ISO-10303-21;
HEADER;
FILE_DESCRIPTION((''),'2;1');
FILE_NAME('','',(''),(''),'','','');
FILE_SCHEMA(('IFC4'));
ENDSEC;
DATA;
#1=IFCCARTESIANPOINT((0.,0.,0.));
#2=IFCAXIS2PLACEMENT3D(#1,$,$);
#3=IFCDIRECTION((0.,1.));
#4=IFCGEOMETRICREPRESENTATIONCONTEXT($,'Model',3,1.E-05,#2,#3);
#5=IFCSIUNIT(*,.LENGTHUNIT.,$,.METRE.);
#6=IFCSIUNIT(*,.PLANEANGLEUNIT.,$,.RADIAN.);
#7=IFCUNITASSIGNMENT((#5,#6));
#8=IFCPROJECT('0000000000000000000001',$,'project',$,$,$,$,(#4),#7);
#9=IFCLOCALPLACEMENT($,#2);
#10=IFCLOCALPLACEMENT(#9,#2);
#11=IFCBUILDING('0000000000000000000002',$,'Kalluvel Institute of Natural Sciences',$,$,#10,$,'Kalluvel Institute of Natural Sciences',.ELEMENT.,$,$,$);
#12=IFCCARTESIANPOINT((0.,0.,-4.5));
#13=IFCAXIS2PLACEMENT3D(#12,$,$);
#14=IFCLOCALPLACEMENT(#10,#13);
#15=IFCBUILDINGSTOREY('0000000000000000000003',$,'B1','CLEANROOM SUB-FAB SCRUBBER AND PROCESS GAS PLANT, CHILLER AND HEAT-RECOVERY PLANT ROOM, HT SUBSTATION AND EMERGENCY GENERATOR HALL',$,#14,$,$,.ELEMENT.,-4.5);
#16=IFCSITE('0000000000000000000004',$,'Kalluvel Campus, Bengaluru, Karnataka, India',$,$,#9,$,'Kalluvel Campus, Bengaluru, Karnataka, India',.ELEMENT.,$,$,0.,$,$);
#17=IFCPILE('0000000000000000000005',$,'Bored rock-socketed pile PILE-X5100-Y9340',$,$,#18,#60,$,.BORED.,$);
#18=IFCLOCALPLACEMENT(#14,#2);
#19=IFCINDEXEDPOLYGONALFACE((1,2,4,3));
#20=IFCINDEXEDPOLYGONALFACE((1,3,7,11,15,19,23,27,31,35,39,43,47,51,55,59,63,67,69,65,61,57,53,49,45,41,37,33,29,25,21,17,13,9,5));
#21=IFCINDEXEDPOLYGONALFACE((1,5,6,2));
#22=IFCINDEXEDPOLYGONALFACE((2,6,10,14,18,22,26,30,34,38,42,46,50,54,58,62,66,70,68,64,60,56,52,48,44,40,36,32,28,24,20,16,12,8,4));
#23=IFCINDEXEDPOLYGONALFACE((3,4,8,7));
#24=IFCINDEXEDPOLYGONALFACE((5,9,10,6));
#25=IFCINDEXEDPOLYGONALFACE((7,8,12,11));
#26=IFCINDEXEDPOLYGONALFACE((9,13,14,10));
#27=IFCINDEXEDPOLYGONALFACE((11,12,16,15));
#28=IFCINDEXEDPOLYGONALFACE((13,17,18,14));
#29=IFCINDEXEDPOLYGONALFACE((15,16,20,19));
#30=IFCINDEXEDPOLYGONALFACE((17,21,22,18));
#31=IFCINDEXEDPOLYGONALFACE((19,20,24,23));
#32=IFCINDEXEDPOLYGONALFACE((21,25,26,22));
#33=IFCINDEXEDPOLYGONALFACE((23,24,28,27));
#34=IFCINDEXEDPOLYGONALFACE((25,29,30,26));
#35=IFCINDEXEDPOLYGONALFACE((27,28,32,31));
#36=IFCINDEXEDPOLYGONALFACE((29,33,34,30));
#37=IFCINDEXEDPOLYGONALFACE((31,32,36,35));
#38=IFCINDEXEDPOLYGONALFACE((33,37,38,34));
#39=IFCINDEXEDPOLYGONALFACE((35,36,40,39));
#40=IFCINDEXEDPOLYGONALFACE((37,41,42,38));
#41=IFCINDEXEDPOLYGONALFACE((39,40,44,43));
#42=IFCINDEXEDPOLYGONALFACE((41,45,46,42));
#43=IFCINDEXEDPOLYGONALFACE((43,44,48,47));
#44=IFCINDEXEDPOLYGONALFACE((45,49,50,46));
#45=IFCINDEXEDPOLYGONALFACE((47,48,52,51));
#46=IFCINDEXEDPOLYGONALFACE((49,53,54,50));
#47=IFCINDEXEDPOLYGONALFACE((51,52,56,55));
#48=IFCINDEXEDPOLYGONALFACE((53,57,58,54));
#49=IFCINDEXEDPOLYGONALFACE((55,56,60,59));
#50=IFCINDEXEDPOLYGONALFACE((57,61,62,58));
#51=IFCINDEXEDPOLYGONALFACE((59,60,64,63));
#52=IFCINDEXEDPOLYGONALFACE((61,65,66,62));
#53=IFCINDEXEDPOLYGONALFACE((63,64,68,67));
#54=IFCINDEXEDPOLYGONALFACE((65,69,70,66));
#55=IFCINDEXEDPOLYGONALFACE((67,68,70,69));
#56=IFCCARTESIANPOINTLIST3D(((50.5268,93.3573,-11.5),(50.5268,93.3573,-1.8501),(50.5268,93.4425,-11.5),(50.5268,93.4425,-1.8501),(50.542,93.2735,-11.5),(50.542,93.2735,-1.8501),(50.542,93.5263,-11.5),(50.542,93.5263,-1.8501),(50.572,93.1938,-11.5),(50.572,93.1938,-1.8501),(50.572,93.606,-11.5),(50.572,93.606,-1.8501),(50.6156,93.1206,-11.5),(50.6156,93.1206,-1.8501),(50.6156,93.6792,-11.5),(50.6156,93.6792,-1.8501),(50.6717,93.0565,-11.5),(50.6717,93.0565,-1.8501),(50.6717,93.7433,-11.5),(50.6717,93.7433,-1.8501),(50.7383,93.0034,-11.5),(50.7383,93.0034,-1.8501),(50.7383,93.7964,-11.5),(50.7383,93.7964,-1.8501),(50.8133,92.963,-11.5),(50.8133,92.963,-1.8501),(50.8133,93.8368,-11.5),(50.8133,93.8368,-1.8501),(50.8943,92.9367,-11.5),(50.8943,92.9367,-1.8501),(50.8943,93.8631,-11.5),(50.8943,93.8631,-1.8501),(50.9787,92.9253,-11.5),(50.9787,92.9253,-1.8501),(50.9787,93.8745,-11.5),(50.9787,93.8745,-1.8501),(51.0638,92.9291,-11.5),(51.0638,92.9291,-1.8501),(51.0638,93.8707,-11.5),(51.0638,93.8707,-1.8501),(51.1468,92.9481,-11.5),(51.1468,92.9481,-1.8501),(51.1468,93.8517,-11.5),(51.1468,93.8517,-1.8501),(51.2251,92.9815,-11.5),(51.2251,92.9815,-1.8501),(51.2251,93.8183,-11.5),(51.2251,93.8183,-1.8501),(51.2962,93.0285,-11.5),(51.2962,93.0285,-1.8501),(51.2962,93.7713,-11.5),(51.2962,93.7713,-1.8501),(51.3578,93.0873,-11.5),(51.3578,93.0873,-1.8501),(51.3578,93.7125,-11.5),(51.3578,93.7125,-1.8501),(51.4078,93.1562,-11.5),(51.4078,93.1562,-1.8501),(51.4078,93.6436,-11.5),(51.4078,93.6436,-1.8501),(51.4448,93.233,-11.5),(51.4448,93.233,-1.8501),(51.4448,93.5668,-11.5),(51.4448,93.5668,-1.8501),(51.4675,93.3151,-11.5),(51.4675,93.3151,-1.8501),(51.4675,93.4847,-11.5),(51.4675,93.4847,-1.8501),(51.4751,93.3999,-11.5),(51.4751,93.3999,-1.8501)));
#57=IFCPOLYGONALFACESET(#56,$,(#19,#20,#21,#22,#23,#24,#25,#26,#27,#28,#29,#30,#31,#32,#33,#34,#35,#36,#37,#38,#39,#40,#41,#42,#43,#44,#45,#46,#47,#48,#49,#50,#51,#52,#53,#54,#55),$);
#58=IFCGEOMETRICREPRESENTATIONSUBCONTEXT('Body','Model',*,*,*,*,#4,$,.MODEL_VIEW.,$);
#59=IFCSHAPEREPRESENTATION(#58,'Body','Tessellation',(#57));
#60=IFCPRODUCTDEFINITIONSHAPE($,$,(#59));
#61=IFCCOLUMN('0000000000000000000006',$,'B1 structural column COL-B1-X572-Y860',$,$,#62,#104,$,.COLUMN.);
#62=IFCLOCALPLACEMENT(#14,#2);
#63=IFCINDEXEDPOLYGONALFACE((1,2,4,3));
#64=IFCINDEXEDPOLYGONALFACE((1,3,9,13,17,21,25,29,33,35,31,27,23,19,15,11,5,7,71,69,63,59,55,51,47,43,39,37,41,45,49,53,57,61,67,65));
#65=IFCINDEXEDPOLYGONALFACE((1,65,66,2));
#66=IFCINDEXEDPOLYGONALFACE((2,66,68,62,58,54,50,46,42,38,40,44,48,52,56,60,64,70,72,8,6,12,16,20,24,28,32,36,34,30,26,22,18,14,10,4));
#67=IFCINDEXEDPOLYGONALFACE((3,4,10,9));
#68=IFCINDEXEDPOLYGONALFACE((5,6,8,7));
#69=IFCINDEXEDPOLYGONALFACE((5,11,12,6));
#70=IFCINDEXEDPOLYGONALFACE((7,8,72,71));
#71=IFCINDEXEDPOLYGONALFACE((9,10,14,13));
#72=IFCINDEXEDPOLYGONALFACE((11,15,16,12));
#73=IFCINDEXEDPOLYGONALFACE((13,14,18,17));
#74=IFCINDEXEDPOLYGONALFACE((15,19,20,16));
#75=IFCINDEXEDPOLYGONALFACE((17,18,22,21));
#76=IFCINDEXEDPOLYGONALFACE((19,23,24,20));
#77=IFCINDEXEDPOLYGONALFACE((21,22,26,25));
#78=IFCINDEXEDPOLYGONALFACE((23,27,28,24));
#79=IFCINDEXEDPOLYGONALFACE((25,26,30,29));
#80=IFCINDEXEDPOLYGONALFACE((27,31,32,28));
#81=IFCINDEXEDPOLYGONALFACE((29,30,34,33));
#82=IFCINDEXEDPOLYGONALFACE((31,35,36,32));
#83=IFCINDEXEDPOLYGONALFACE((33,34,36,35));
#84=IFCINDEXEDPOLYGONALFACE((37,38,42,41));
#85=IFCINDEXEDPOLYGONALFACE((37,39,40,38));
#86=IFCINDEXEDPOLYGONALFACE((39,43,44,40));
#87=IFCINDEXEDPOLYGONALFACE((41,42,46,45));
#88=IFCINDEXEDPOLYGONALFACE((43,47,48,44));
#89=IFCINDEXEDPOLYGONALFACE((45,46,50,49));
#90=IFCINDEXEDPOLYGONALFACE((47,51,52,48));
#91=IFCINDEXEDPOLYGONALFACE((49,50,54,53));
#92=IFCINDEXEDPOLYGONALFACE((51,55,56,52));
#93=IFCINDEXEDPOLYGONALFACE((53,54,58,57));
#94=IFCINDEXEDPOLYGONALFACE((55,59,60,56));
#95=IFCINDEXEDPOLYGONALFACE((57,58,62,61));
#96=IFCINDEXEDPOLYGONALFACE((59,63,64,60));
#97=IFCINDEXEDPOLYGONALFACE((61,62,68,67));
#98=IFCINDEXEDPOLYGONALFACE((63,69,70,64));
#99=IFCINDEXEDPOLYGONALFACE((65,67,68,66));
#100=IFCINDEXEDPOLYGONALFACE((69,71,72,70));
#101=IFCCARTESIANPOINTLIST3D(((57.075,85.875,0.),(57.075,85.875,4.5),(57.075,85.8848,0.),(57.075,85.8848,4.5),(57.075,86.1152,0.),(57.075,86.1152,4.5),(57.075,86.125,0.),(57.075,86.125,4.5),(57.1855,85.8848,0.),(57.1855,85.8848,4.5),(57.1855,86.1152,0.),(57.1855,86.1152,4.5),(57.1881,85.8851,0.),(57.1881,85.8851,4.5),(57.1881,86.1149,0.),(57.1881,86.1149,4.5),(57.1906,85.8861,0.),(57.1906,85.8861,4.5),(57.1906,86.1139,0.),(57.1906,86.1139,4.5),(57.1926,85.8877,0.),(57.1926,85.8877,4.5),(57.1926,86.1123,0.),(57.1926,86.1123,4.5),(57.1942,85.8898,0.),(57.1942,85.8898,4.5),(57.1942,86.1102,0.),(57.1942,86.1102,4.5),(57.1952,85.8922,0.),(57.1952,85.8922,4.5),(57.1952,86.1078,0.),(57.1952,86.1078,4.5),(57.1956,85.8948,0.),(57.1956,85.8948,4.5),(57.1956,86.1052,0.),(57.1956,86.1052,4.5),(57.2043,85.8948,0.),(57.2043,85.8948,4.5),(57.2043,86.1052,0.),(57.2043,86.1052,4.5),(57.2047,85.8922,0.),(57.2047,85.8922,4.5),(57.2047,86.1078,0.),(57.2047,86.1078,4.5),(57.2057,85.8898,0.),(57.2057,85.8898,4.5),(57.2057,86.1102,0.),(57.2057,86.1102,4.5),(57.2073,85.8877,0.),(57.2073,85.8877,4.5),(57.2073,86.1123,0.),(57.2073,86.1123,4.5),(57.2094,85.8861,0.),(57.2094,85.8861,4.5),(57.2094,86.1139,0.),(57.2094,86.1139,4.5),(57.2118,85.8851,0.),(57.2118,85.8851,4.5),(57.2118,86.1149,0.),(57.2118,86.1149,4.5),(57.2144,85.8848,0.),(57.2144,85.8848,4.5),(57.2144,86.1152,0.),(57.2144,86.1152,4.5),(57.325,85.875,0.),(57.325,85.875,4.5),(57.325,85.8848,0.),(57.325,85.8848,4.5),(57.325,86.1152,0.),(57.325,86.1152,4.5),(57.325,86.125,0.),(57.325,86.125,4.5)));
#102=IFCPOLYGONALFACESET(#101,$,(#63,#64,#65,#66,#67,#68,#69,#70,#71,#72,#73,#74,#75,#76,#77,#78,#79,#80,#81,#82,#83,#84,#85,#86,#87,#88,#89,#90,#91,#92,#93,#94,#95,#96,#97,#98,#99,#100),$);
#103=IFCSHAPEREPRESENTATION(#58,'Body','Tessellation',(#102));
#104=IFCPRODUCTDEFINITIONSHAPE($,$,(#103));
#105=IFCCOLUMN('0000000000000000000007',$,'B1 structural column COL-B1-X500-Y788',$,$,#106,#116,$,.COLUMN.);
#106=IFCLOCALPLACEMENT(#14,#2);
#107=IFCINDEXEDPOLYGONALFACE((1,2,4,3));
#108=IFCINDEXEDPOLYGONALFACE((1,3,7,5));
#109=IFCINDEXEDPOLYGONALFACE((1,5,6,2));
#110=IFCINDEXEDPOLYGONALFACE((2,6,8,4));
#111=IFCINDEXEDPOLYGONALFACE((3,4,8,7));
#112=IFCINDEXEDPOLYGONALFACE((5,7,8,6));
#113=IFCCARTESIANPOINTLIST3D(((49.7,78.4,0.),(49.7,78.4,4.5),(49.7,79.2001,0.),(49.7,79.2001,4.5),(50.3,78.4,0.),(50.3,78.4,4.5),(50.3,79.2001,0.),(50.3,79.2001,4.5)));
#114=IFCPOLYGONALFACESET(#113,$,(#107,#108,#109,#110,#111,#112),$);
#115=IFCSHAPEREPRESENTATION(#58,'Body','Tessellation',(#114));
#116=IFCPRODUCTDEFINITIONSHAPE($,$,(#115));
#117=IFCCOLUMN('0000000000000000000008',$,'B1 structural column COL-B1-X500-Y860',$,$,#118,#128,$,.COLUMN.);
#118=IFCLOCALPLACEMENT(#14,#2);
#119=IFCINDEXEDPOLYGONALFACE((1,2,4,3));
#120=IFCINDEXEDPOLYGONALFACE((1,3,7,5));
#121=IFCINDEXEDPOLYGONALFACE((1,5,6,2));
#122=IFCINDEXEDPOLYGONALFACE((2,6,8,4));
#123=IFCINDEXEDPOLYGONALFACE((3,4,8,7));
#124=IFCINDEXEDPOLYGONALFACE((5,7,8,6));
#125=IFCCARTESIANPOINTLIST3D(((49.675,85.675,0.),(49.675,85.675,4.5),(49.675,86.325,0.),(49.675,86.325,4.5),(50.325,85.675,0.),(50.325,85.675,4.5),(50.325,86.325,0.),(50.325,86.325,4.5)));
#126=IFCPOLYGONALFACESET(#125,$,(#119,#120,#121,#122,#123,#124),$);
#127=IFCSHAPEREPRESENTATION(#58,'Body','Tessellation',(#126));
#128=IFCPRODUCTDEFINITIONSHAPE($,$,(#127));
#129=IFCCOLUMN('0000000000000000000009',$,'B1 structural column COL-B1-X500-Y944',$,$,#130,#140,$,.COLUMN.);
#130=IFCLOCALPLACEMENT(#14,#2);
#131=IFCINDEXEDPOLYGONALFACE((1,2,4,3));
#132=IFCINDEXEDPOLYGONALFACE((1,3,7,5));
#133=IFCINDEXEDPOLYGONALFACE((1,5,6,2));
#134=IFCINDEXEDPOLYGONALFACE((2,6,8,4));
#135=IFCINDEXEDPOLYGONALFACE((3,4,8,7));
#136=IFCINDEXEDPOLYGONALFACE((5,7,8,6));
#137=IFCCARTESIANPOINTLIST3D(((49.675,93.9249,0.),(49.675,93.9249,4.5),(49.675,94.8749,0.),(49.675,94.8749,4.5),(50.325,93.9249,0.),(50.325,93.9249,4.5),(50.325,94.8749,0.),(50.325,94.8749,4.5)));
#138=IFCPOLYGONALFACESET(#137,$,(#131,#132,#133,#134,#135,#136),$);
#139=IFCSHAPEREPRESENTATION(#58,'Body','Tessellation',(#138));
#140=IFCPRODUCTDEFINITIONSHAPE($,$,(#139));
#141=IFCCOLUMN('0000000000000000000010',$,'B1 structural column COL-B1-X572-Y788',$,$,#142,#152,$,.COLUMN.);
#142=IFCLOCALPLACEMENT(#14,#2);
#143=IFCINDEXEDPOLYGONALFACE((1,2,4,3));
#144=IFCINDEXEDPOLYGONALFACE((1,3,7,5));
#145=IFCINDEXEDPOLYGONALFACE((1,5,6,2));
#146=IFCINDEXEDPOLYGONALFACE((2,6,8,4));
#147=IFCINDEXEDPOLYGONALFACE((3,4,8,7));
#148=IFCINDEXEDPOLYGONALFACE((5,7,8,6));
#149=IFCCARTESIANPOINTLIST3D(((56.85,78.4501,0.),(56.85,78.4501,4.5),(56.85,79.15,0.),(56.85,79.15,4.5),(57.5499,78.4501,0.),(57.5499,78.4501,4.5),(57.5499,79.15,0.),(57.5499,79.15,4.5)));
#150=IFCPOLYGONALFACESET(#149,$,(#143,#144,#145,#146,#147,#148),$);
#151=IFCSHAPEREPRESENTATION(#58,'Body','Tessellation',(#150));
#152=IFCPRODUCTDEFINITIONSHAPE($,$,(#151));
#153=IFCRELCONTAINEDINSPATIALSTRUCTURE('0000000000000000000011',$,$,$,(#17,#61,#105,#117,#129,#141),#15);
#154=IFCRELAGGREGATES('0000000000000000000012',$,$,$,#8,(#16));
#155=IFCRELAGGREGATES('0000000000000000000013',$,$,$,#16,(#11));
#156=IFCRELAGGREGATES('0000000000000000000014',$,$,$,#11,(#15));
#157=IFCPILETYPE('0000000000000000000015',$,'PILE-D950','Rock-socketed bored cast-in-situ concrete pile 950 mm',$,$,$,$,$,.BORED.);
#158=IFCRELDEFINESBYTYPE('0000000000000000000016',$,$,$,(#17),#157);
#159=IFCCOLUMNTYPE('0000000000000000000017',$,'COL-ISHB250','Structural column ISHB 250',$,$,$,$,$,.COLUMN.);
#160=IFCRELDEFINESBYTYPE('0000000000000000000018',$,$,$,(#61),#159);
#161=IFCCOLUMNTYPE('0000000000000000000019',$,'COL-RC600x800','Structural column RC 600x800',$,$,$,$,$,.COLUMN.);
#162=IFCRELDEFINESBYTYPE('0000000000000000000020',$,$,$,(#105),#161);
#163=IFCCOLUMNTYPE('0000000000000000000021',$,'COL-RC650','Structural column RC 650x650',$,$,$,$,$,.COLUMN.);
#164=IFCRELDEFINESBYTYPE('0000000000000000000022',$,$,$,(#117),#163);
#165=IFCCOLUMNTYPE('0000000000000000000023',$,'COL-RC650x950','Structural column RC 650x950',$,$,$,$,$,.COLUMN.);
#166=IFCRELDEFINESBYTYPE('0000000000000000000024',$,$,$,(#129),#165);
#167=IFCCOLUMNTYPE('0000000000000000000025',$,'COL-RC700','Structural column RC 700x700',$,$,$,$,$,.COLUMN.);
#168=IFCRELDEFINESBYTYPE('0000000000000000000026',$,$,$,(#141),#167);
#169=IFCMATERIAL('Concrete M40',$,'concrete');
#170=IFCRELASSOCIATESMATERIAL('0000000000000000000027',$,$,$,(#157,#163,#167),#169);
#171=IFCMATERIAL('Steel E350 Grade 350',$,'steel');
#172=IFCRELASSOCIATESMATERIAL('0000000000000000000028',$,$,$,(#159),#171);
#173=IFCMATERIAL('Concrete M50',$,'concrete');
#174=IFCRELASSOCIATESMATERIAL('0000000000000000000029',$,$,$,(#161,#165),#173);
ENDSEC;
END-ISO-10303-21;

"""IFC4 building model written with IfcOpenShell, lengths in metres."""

from ifc_helpers import new_model, si_unit, direction, frame, origin, origin_2d, place, context, subcontext, project, spatial, rectangle, circle, i_section, extrude, material, material_profile, profile_set, type_object, element, save


model = new_model("IFC4")

# Units and contexts
model_context = context("Model", 3, precision=1e-05, world=origin(), true_north=direction((0.0, 1.0)))
body_context = subcontext(model_context, "Body", "Model", "MODEL_VIEW")
ifc_project = project(units=[si_unit("LENGTHUNIT", "METRE"), si_unit("PLANEANGLEUNIT", "RADIAN")], contexts=[model_context])

# Site, building, storey
site_placement = place(None, origin())
site = spatial("IfcSite", under=ifc_project, at=site_placement, Name="Kalluvel Campus, Bengaluru, Karnataka, India", LongName="Kalluvel Campus, Bengaluru, Karnataka, India", CompositionType="ELEMENT", RefElevation=0.0)
building_placement = place(site_placement, origin())
building = spatial("IfcBuilding", under=site, at=building_placement, Name="Kalluvel Institute of Natural Sciences", LongName="Kalluvel Institute of Natural Sciences", CompositionType="ELEMENT")
storey_placement = place(building_placement, frame((0.0, 0.0, -4.5)))
storey = spatial("IfcBuildingStorey", under=building, at=storey_placement, Name="B1", Description="CLEANROOM SUB-FAB SCRUBBER AND PROCESS GAS PLANT, CHILLER AND HEAT-RECOVERY PLANT ROOM, HT SUBSTATION AND EMERGENCY GENERATOR HALL", CompositionType="ELEMENT", Elevation=-4.5)

# Shared definitions
ifc_material_1 = material(Name="Concrete M40", Category="concrete")

# Pile
ifc_material_profile_1 = material_profile(ifc_material_1, circle(Radius=0.4751, at=origin_2d()), Name="PILE D950")
ifc_profile_set_1 = profile_set([ifc_material_profile_1], Name="Concrete M40")
pile_type_1 = type_object("IfcPileType", Name="PILE-D950", Description="Rock-socketed bored cast-in-situ concrete pile 950 mm", PredefinedType="BORED", material=ifc_profile_set_1)
for number, where, z_axis, x_axis, name in (
    (1, (51.0, 93.3999, -1.8501), (0.0, 0.0, -1.0), (1.0, 0.0, 0.0), "Bored rock-socketed pile PILE-X5100-Y9340"),
):
    element("IfcPile", number, at=place(storey_placement, frame(where, z_axis=z_axis, x_axis=x_axis)), inside=storey, type_object=pile_type_1, Name=name, PredefinedType="BORED", context=body_context, shape_type="SweptSolid", body=[
        extrude(circle(Radius=0.4751, at=origin_2d()), origin(), (0.0, 0.0, 1.0), 9.6499),
    ])

# Columns
ifc_material_2 = material(Name="Steel E350 Grade 350", Category="steel")
ifc_material_profile_2 = material_profile(ifc_material_2, i_section(OverallWidth=0.25, OverallDepth=0.25, WebThickness=0.0088, FlangeThickness=0.0098, FilletRadius=0.01, at=origin_2d()), Name="ISHB 250")
ifc_profile_set_2 = profile_set([ifc_material_profile_2], Name="Steel E350 Grade 350")
column_type_1 = type_object("IfcColumnType", Name="COL-ISHB250", Description="Structural column ISHB 250", PredefinedType="COLUMN", material=ifc_profile_set_2)
column_1_placement = place(storey_placement, frame((57.2, 86.0, 0.0), z_axis=(0.0, 0.0, 1.0), x_axis=(1.0, 0.0, 0.0)))
element("IfcColumn", 2, at=column_1_placement, inside=storey, type_object=column_type_1, Name="B1 structural column COL-B1-X572-Y860", PredefinedType="COLUMN", context=body_context, shape_type="SweptSolid", body=[
    extrude(i_section(OverallWidth=0.25, OverallDepth=0.25, WebThickness=0.0088, FlangeThickness=0.0098, FilletRadius=0.01, at=origin_2d()), origin(), (0.0, 0.0, 1.0), 4.5),
])
ifc_material_3 = material(Name="Concrete M50", Category="concrete")
ifc_material_profile_3 = material_profile(ifc_material_3, rectangle(XDim=0.6001, YDim=0.8, at=origin_2d()), Name="RC 600x800")
ifc_profile_set_3 = profile_set([ifc_material_profile_3], Name="Concrete M50")
column_type_2 = type_object("IfcColumnType", Name="COL-RC600x800", Description="Structural column RC 600x800", PredefinedType="COLUMN", material=ifc_profile_set_3)
column_2_placement = place(storey_placement, frame((50.0, 78.8, 0.0), z_axis=(0.0, 0.0, 1.0), x_axis=(1.0, 0.0, 0.0)))
element("IfcColumn", 3, at=column_2_placement, inside=storey, type_object=column_type_2, Name="B1 structural column COL-B1-X500-Y788", PredefinedType="COLUMN", context=body_context, shape_type="SweptSolid", body=[
    extrude(rectangle(XDim=0.6001, YDim=0.8, at=origin_2d()), origin(), (0.0, 0.0, 1.0), 4.5),
])
ifc_material_profile_4 = material_profile(ifc_material_1, rectangle(XDim=0.6499, YDim=0.6499, at=origin_2d()), Name="RC 650x650")
ifc_profile_set_4 = profile_set([ifc_material_profile_4], Name="Concrete M40")
column_type_3 = type_object("IfcColumnType", Name="COL-RC650", Description="Structural column RC 650x650", PredefinedType="COLUMN", material=ifc_profile_set_4)
column_3_placement = place(storey_placement, frame((50.0, 86.0, 0.0), z_axis=(0.0, 0.0, 1.0), x_axis=(1.0, 0.0, 0.0)))
element("IfcColumn", 4, at=column_3_placement, inside=storey, type_object=column_type_3, Name="B1 structural column COL-B1-X500-Y860", PredefinedType="COLUMN", context=body_context, shape_type="SweptSolid", body=[
    extrude(rectangle(XDim=0.6499, YDim=0.6499, at=origin_2d()), origin(), (0.0, 0.0, 1.0), 4.5),
])
ifc_material_profile_5 = material_profile(ifc_material_3, rectangle(XDim=0.6499, YDim=0.95, at=origin_2d()), Name="RC 650x950")
ifc_profile_set_5 = profile_set([ifc_material_profile_5], Name="Concrete M50")
column_type_4 = type_object("IfcColumnType", Name="COL-RC650x950", Description="Structural column RC 650x950", PredefinedType="COLUMN", material=ifc_profile_set_5)
column_4_placement = place(storey_placement, frame((50.0, 94.3999, 0.0), z_axis=(0.0, 0.0, 1.0), x_axis=(1.0, 0.0, 0.0)))
element("IfcColumn", 5, at=column_4_placement, inside=storey, type_object=column_type_4, Name="B1 structural column COL-B1-X500-Y944", PredefinedType="COLUMN", context=body_context, shape_type="SweptSolid", body=[
    extrude(rectangle(XDim=0.6499, YDim=0.95, at=origin_2d()), origin(), (0.0, 0.0, 1.0), 4.5),
])
ifc_material_profile_6 = material_profile(ifc_material_1, rectangle(XDim=0.7, YDim=0.7, at=origin_2d()), Name="RC 700x700")
ifc_profile_set_6 = profile_set([ifc_material_profile_6], Name="Concrete M40")
column_type_5 = type_object("IfcColumnType", Name="COL-RC700", Description="Structural column RC 700x700", PredefinedType="COLUMN", material=ifc_profile_set_6)
column_5_placement = place(storey_placement, frame((57.2, 78.8, 0.0), z_axis=(0.0, 0.0, 1.0), x_axis=(1.0, 0.0, 0.0)))
element("IfcColumn", 6, at=column_5_placement, inside=storey, type_object=column_type_5, Name="B1 structural column COL-B1-X572-Y788", PredefinedType="COLUMN", context=body_context, shape_type="SweptSolid", body=[
    extrude(rectangle(XDim=0.7, YDim=0.7, at=origin_2d()), origin(), (0.0, 0.0, 1.0), 4.5),
])

save(model, "model.ifc")
